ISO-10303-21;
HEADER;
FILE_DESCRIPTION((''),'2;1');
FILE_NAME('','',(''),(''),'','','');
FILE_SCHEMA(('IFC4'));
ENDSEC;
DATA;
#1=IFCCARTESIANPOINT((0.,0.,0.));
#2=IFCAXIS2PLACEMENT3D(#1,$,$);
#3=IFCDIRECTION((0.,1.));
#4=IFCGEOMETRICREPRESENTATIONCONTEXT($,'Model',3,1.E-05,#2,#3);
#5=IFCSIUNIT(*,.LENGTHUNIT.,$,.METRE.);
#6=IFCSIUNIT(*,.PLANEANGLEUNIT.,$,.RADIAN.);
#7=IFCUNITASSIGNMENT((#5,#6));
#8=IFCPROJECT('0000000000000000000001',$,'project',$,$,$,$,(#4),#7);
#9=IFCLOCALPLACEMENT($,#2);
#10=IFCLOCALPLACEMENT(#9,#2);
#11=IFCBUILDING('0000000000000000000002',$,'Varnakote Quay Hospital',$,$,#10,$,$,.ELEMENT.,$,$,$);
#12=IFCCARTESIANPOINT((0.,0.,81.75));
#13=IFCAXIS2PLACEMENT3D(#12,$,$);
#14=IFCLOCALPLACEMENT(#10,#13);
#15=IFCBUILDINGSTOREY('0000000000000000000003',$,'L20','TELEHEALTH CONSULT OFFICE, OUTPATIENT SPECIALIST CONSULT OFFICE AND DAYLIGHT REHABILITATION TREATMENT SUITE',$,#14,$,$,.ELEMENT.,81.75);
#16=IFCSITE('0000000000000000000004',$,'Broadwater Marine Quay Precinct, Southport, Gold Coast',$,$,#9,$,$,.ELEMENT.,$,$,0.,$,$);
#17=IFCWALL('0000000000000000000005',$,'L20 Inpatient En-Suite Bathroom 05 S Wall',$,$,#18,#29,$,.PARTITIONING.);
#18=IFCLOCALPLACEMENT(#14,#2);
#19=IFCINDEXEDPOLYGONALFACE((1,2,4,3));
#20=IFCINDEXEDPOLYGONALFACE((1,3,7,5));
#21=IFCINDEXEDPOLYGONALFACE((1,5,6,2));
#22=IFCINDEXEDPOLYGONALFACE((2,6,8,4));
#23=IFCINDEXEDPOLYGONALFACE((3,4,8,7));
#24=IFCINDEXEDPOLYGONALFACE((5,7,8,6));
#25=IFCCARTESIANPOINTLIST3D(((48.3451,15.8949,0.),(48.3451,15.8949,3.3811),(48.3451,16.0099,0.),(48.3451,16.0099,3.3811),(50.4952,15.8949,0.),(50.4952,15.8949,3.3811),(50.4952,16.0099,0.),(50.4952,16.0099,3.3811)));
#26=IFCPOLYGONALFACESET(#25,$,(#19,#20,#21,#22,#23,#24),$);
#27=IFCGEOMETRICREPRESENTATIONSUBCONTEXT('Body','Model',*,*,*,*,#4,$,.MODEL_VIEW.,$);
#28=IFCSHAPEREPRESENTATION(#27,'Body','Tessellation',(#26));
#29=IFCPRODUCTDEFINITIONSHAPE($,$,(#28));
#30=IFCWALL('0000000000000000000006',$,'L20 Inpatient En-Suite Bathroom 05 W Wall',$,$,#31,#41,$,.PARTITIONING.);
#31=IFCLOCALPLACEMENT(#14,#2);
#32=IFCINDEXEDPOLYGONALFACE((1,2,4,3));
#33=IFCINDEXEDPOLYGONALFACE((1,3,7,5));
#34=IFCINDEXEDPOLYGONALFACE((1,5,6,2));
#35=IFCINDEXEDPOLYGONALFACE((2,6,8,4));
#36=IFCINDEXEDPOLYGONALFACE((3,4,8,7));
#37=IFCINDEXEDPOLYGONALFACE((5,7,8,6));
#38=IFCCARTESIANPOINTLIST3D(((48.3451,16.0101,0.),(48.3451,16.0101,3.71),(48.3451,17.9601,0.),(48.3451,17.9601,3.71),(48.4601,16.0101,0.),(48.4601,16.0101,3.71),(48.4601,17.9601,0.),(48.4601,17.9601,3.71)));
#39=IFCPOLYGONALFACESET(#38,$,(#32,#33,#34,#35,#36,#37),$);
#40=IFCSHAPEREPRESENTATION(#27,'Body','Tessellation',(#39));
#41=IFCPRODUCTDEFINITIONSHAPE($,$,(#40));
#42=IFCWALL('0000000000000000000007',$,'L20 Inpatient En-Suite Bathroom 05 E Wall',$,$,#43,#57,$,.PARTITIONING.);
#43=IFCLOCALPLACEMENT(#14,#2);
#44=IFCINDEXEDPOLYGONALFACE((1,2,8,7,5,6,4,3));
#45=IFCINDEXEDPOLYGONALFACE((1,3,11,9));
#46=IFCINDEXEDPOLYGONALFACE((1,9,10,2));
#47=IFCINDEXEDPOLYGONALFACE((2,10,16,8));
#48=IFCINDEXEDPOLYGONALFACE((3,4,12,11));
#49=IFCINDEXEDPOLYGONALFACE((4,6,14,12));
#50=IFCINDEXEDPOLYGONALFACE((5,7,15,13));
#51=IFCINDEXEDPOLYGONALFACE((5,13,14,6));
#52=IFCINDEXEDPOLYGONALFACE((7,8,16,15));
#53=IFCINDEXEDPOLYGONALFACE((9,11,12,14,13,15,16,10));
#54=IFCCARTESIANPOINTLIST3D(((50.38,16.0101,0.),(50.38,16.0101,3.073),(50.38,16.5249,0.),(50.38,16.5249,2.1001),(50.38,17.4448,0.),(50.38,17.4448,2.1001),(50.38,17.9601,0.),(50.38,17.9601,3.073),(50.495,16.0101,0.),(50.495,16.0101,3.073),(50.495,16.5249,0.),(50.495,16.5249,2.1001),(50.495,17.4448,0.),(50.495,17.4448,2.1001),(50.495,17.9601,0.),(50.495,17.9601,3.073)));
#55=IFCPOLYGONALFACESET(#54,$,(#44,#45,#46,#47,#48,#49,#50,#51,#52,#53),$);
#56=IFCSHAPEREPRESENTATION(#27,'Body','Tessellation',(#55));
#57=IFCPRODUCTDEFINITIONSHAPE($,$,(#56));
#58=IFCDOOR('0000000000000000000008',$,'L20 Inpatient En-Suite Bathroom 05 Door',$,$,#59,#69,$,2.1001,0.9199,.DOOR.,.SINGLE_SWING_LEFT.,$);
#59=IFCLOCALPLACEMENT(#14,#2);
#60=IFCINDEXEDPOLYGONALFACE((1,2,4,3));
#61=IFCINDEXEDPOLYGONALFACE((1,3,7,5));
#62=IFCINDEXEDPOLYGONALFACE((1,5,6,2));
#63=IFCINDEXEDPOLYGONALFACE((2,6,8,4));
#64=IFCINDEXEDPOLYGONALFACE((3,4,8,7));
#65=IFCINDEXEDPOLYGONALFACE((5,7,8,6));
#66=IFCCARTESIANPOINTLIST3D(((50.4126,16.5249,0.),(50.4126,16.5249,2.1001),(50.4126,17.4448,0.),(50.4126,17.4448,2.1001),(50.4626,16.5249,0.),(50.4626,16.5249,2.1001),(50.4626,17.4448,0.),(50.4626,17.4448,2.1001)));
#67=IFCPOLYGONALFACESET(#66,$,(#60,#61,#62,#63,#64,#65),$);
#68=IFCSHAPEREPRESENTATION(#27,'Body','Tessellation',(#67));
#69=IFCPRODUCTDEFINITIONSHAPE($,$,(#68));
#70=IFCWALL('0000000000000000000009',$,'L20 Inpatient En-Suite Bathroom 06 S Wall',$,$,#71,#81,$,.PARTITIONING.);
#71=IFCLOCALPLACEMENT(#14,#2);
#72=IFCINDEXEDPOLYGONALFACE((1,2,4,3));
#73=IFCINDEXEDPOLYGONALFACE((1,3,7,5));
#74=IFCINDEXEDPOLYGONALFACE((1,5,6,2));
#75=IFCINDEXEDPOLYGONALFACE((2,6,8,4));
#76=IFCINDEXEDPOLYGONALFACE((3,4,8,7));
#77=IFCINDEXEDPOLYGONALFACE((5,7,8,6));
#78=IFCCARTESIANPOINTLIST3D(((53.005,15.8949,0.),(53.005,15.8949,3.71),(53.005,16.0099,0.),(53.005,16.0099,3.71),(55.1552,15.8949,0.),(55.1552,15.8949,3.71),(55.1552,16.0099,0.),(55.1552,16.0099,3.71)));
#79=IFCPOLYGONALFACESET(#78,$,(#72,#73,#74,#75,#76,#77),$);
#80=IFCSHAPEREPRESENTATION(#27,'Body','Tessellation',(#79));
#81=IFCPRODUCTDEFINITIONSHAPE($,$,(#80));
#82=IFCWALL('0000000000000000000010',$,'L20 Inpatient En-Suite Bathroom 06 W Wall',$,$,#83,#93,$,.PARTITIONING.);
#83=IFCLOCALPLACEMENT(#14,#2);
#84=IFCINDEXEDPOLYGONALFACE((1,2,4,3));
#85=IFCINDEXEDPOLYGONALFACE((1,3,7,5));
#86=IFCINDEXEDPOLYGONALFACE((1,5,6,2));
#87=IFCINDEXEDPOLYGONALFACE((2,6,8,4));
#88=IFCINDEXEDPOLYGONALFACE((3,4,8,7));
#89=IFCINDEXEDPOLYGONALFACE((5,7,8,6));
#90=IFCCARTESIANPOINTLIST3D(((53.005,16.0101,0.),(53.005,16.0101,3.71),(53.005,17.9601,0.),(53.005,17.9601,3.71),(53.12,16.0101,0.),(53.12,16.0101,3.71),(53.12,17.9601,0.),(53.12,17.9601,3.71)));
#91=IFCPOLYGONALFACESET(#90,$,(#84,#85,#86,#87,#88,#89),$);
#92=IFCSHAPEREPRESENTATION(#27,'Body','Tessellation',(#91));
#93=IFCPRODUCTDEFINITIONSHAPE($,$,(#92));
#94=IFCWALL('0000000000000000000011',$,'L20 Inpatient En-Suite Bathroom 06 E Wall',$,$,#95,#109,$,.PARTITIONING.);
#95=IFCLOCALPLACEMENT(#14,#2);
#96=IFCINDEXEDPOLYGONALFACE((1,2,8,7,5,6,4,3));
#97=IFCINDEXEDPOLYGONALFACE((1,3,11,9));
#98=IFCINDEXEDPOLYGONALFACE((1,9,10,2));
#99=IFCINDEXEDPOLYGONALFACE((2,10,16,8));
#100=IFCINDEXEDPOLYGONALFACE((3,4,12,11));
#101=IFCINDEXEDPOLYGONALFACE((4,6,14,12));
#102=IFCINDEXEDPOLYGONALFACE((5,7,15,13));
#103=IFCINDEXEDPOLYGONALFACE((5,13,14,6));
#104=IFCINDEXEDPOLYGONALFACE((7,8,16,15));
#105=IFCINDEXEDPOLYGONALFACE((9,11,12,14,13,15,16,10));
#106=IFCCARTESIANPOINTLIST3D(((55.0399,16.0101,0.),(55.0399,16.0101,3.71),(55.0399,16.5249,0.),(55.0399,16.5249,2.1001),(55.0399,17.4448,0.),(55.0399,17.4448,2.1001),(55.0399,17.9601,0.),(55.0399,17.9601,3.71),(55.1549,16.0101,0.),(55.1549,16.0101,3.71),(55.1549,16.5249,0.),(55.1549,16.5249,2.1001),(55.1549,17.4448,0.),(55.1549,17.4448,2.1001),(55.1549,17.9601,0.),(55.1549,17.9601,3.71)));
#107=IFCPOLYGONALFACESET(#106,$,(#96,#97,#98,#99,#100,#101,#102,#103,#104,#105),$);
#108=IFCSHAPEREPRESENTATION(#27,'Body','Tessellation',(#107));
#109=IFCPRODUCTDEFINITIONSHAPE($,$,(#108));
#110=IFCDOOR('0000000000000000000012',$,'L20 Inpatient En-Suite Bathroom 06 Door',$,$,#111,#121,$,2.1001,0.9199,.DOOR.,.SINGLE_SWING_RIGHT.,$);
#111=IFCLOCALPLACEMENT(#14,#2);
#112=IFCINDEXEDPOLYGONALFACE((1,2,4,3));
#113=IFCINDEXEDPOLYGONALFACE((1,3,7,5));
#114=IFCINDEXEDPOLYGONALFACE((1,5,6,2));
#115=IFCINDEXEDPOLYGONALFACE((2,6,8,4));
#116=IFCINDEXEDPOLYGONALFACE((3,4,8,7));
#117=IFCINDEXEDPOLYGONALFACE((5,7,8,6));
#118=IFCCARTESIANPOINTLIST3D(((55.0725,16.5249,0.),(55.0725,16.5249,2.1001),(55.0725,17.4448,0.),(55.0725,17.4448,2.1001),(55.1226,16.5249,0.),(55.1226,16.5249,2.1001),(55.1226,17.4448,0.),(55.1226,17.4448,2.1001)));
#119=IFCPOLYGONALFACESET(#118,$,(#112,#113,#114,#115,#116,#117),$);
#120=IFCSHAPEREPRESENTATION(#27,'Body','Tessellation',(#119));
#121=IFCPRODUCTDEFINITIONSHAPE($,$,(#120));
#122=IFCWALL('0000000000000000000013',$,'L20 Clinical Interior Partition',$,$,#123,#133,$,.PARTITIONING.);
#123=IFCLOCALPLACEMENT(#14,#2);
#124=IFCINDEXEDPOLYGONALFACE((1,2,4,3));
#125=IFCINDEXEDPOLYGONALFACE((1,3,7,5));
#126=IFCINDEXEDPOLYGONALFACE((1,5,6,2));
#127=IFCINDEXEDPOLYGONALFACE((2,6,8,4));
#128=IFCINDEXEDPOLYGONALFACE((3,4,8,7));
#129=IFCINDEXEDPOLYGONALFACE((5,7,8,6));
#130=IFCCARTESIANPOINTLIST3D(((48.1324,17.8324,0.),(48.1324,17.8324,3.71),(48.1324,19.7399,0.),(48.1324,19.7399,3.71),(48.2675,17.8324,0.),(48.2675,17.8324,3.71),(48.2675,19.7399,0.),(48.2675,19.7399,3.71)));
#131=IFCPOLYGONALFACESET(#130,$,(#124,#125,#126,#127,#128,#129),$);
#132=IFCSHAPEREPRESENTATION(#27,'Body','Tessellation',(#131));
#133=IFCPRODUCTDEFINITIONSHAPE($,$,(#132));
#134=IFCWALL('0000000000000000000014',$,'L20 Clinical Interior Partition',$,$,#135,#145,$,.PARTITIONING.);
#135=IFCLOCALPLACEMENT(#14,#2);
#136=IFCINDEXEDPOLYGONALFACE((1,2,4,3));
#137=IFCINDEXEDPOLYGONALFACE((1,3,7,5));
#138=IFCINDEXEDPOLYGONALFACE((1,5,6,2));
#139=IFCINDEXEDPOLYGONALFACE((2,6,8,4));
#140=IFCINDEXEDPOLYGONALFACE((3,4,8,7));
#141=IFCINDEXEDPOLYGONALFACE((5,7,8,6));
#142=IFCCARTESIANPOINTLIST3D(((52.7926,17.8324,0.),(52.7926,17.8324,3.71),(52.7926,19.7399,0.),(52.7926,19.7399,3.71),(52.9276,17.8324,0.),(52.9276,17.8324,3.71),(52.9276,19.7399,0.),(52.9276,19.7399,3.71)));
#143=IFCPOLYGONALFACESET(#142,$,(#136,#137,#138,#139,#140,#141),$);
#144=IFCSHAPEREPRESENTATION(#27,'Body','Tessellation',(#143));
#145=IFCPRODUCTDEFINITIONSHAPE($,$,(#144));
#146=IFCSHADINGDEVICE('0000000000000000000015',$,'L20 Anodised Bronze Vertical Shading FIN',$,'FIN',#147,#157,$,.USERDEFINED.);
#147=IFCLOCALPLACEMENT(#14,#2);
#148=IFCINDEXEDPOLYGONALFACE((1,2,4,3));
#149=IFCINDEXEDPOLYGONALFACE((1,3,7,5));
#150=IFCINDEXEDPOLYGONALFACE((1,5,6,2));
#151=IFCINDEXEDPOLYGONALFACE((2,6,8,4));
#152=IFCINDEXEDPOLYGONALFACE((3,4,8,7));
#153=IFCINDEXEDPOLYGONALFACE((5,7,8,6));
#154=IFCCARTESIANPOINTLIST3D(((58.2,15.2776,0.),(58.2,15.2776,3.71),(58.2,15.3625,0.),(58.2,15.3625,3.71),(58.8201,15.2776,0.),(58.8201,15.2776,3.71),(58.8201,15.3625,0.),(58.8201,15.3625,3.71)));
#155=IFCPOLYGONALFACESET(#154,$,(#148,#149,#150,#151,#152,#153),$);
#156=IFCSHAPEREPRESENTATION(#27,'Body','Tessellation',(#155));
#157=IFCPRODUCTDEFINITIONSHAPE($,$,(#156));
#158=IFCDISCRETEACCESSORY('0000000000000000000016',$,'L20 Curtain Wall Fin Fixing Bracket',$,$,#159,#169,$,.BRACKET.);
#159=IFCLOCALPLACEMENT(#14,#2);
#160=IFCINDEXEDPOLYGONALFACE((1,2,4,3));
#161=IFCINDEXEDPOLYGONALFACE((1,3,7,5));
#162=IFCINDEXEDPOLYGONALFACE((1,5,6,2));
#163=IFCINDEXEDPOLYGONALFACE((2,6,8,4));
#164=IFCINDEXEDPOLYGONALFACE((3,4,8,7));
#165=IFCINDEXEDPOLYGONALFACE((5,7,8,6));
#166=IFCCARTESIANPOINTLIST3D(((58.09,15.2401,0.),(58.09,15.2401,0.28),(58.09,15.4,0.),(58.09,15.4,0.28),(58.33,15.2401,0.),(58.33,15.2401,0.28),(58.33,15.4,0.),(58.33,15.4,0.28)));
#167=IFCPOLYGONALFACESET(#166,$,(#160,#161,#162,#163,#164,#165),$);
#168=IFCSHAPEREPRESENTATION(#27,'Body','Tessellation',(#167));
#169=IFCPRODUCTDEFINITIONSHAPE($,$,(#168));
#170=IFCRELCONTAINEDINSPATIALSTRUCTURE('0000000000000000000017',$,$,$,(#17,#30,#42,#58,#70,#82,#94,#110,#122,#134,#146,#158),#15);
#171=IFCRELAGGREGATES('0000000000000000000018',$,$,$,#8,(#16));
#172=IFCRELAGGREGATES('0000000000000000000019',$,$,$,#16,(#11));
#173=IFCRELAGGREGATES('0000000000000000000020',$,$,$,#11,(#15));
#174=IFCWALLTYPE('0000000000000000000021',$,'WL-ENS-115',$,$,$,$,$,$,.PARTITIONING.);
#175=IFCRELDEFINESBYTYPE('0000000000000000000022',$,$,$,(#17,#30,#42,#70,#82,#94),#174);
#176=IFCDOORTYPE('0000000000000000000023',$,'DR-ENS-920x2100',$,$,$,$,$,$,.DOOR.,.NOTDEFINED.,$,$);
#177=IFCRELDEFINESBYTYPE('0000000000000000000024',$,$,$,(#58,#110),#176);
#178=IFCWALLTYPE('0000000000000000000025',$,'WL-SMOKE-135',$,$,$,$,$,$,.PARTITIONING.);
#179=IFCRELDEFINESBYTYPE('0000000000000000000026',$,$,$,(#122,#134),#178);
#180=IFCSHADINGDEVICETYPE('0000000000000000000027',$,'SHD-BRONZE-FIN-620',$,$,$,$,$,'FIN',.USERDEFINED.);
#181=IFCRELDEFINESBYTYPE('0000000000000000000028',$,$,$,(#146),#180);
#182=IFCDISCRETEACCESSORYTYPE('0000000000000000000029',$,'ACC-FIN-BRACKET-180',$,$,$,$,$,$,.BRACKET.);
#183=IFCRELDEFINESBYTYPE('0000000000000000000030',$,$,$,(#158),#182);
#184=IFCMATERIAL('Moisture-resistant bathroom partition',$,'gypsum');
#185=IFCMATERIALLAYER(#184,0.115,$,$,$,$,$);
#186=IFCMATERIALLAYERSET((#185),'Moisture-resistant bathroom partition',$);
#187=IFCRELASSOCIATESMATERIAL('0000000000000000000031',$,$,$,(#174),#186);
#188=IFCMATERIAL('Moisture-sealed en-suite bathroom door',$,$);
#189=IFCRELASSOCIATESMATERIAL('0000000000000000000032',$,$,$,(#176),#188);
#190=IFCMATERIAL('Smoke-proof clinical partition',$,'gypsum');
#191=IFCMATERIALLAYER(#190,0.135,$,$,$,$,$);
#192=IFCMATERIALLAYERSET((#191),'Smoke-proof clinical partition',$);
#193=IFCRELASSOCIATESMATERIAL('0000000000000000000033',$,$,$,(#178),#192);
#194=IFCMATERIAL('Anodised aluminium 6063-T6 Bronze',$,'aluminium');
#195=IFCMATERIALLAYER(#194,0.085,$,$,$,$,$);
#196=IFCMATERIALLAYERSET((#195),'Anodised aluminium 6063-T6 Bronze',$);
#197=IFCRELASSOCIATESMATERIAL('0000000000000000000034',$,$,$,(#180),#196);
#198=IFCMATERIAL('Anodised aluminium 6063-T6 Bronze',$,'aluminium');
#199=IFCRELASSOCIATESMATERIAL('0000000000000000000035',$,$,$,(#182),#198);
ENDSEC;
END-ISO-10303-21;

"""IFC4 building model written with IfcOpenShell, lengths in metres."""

from ifc_helpers import new_model, si_unit, direction, frame, frame_2d, origin, origin_2d, place, context, subcontext, project, spatial, rectangle, extrude, material, layer, layer_set, type_object, element, fill, save


model = new_model("IFC4")

# Units and contexts
model_context = context("Model", 3, precision=1e-05, world=origin(), true_north=direction((0.0, 1.0)))
body_context = subcontext(model_context, "Body", "Model", "MODEL_VIEW")
ifc_project = project(units=[si_unit("LENGTHUNIT", "METRE"), si_unit("PLANEANGLEUNIT", "RADIAN")], contexts=[model_context])

# Site, building, storey
site_placement = place(None, origin())
site = spatial("IfcSite", under=ifc_project, at=site_placement, Name="Broadwater Marine Quay Precinct, Southport, Gold Coast", CompositionType="ELEMENT", RefElevation=0.0)
building_placement = place(site_placement, origin())
building = spatial("IfcBuilding", under=site, at=building_placement, Name="Varnakote Quay Hospital", CompositionType="ELEMENT")
storey_placement = place(building_placement, frame((0.0, 0.0, 81.75)))
storey = spatial("IfcBuildingStorey", under=building, at=storey_placement, Name="L20", Description="TELEHEALTH CONSULT OFFICE, OUTPATIENT SPECIALIST CONSULT OFFICE AND DAYLIGHT REHABILITATION TREATMENT SUITE", CompositionType="ELEMENT", Elevation=81.75)

# Walls
ifc_material_1 = material(Name="Moisture-resistant bathroom partition", Category="gypsum")
ifc_layer_1 = layer(ifc_material_1, 0.115)
ifc_layer_set_1 = layer_set([ifc_layer_1], Name="Moisture-resistant bathroom partition")
wall_type_1 = type_object("IfcWallType", Name="WL-ENS-115", PredefinedType="PARTITIONING", material=ifc_layer_set_1)
wall_1_placement = place(storey_placement, frame((48.345, 15.9524, 0.0), z_axis=(0.0, 0.0, 1.0), x_axis=(1.0, 0.0, 0.0)))
element("IfcWall", 1, at=wall_1_placement, inside=storey, type_object=wall_type_1, Name="L20 Inpatient En-Suite Bathroom 05 S Wall", PredefinedType="PARTITIONING", context=body_context, shape_type="SweptSolid", body=[
    extrude(rectangle(XDim=2.1501, YDim=0.115, at=frame_2d((1.0752, 0.0))), origin(), (0.0, 0.0, 1.0), 3.3811),
])
wall_2_placement = place(storey_placement, frame((48.4026, 16.01, 0.0), z_axis=(0.0, 0.0, 1.0), x_axis=(0.0, 1.0, 0.0)))
element("IfcWall", 2, at=wall_2_placement, inside=storey, type_object=wall_type_1, Name="L20 Inpatient En-Suite Bathroom 05 W Wall", PredefinedType="PARTITIONING", context=body_context, shape_type="SweptSolid", body=[
    extrude(rectangle(XDim=1.95, YDim=0.115, at=frame_2d((0.9751, 0.0))), origin(), (0.0, 0.0, 1.0), 3.71),
])

# Wall, opening, door
wall_3_placement = place(storey_placement, frame((50.4375, 16.01, 0.0), z_axis=(0.0, 0.0, 1.0), x_axis=(0.0, 1.0, 0.0)))
wall_3 = element("IfcWall", 3, at=wall_3_placement, inside=storey, type_object=wall_type_1, Name="L20 Inpatient En-Suite Bathroom 05 E Wall", PredefinedType="PARTITIONING", context=body_context, shape_type="SweptSolid", body=[
    extrude(rectangle(XDim=1.95, YDim=0.115, at=frame_2d((0.9751, 0.0))), origin(), (0.0, 0.0, 1.0), 3.073),
])
opening_1_placement = place(wall_3_placement, frame((0.5149, 0.0, 0.0)))
opening_1 = element("IfcOpeningElement", 4, at=opening_1_placement, cuts=wall_3, PredefinedType="OPENING", context=body_context, shape_type="SweptSolid", body=[
    extrude(rectangle(XDim=0.9199, YDim=2.1001, at=frame_2d((0.46, 1.05))), frame((0.0, 0.0674, 0.0), z_axis=(0.0, -1.0, 0.0), x_axis=(1.0, 0.0, 0.0)), (0.0, 0.0, 1.0), 0.135),
])
ifc_material_2 = material(Name="Moisture-sealed en-suite bathroom door")
door_type_1 = type_object("IfcDoorType", Name="DR-ENS-920x2100", OperationType="NOTDEFINED", PredefinedType="DOOR", material=ifc_material_2)
door_1_placement = place(opening_1_placement, origin())
door_1 = element("IfcDoor", 5, at=door_1_placement, inside=storey, type_object=door_type_1, Name="L20 Inpatient En-Suite Bathroom 05 Door", OperationType="SINGLE_SWING_LEFT", OverallHeight=2.1001, OverallWidth=0.9199, PredefinedType="DOOR", context=body_context, shape_type="SweptSolid", body=[
    extrude(rectangle(XDim=0.9199, YDim=2.1001, at=frame_2d((0.46, 1.05))), frame((0.0, 0.0249, 0.0), z_axis=(0.0, -1.0, 0.0), x_axis=(1.0, 0.0, 0.0)), (0.0, 0.0, 1.0), 0.05),
])
fill(opening_1, door_1)

# Walls
wall_4_placement = place(storey_placement, frame((53.0049, 15.9524, 0.0), z_axis=(0.0, 0.0, 1.0), x_axis=(1.0, 0.0, 0.0)))
element("IfcWall", 6, at=wall_4_placement, inside=storey, type_object=wall_type_1, Name="L20 Inpatient En-Suite Bathroom 06 S Wall", PredefinedType="PARTITIONING", context=body_context, shape_type="SweptSolid", body=[
    extrude(rectangle(XDim=2.1501, YDim=0.115, at=frame_2d((1.0752, 0.0))), origin(), (0.0, 0.0, 1.0), 3.71),
])
wall_5_placement = place(storey_placement, frame((53.0625, 16.01, 0.0), z_axis=(0.0, 0.0, 1.0), x_axis=(0.0, 1.0, 0.0)))
element("IfcWall", 7, at=wall_5_placement, inside=storey, type_object=wall_type_1, Name="L20 Inpatient En-Suite Bathroom 06 W Wall", PredefinedType="PARTITIONING", context=body_context, shape_type="SweptSolid", body=[
    extrude(rectangle(XDim=1.95, YDim=0.115, at=frame_2d((0.9751, 0.0))), origin(), (0.0, 0.0, 1.0), 3.71),
])

# Wall, opening, door
wall_6_placement = place(storey_placement, frame((55.0974, 16.01, 0.0), z_axis=(0.0, 0.0, 1.0), x_axis=(0.0, 1.0, 0.0)))
wall_6 = element("IfcWall", 8, at=wall_6_placement, inside=storey, type_object=wall_type_1, Name="L20 Inpatient En-Suite Bathroom 06 E Wall", PredefinedType="PARTITIONING", context=body_context, shape_type="SweptSolid", body=[
    extrude(rectangle(XDim=1.95, YDim=0.115, at=frame_2d((0.9751, 0.0))), origin(), (0.0, 0.0, 1.0), 3.71),
])
opening_2_placement = place(wall_6_placement, frame((0.5149, 0.0, 0.0)))
opening_2 = element("IfcOpeningElement", 9, at=opening_2_placement, cuts=wall_6, PredefinedType="OPENING", context=body_context, shape_type="SweptSolid", body=[
    extrude(rectangle(XDim=0.9199, YDim=2.1001, at=frame_2d((0.46, 1.05))), frame((0.0, 0.0674, 0.0), z_axis=(0.0, -1.0, 0.0), x_axis=(1.0, 0.0, 0.0)), (0.0, 0.0, 1.0), 0.135),
])
door_2_placement = place(opening_2_placement, origin())
door_2 = element("IfcDoor", 10, at=door_2_placement, inside=storey, type_object=door_type_1, Name="L20 Inpatient En-Suite Bathroom 06 Door", OperationType="SINGLE_SWING_RIGHT", OverallHeight=2.1001, OverallWidth=0.9199, PredefinedType="DOOR", context=body_context, shape_type="SweptSolid", body=[
    extrude(rectangle(XDim=0.9199, YDim=2.1001, at=frame_2d((0.46, 1.05))), frame((0.0, 0.0249, 0.0), z_axis=(0.0, -1.0, 0.0), x_axis=(1.0, 0.0, 0.0)), (0.0, 0.0, 1.0), 0.05),
])
fill(opening_2, door_2)

# Walls
ifc_material_3 = material(Name="Smoke-proof clinical partition", Category="gypsum")
ifc_layer_2 = layer(ifc_material_3, 0.135)
ifc_layer_set_2 = layer_set([ifc_layer_2], Name="Smoke-proof clinical partition")
wall_type_2 = type_object("IfcWallType", Name="WL-SMOKE-135", PredefinedType="PARTITIONING", material=ifc_layer_set_2)
for number, where, z_axis, x_axis, name in (
    (11, (48.2, 17.8325, 0.0), (0.0, 0.0, 1.0), (0.0, 1.0, 0.0), "L20 Clinical Interior Partition"),
    (12, (52.8601, 17.8325, 0.0), (0.0, 0.0, 1.0), (0.0, 1.0, 0.0), "L20 Clinical Interior Partition"),
):
    element("IfcWall", number, at=place(storey_placement, frame(where, z_axis=z_axis, x_axis=x_axis)), inside=storey, type_object=wall_type_2, Name=name, PredefinedType="PARTITIONING", context=body_context, shape_type="SweptSolid", body=[
        extrude(rectangle(XDim=1.9075, YDim=0.135, at=frame_2d((0.9536, 0.0))), origin(), (0.0, 0.0, 1.0), 3.71),
    ])

# Shading device
ifc_material_4 = material(Name="Anodised aluminium 6063-T6 Bronze", Category="aluminium")
ifc_layer_3 = layer(ifc_material_4, 0.085)
ifc_layer_set_3 = layer_set([ifc_layer_3], Name="Anodised aluminium 6063-T6 Bronze")
shading_device_type = type_object("IfcShadingDeviceType", Name="SHD-BRONZE-FIN-620", ElementType="FIN", PredefinedType="USERDEFINED", material=ifc_layer_set_3)
shading_device_placement = place(storey_placement, frame((58.51, 15.3201, 0.0), z_axis=(0.0, 0.0, 1.0), x_axis=(-1.0, 0.0, 0.0)))
element("IfcShadingDevice", 13, at=shading_device_placement, inside=storey, type_object=shading_device_type, Name="L20 Anodised Bronze Vertical Shading FIN", ObjectType="FIN", PredefinedType="USERDEFINED", context=body_context, shape_type="SweptSolid", body=[
    extrude(rectangle(XDim=0.6201, YDim=0.085, at=origin_2d()), origin(), (0.0, 0.0, 1.0), 3.71),
])

# Discrete accessory
ifc_material_5 = material(Name="Anodised aluminium 6063-T6 Bronze", Category="aluminium")
discrete_accessory_type = type_object("IfcDiscreteAccessoryType", Name="ACC-FIN-BRACKET-180", PredefinedType="BRACKET", material=ifc_material_5)
discrete_accessory_placement = place(storey_placement, frame((58.21, 15.3201, 0.0), z_axis=(0.0, 0.0, 1.0), x_axis=(0.0, 1.0, 0.0)))
element("IfcDiscreteAccessory", 14, at=discrete_accessory_placement, inside=storey, type_object=discrete_accessory_type, Name="L20 Curtain Wall Fin Fixing Bracket", PredefinedType="BRACKET", context=body_context, shape_type="SweptSolid", body=[
    extrude(rectangle(XDim=0.1599, YDim=0.24, at=origin_2d()), origin(), (0.0, 0.0, 1.0), 0.28),
])

save(model, "model.ifc")
